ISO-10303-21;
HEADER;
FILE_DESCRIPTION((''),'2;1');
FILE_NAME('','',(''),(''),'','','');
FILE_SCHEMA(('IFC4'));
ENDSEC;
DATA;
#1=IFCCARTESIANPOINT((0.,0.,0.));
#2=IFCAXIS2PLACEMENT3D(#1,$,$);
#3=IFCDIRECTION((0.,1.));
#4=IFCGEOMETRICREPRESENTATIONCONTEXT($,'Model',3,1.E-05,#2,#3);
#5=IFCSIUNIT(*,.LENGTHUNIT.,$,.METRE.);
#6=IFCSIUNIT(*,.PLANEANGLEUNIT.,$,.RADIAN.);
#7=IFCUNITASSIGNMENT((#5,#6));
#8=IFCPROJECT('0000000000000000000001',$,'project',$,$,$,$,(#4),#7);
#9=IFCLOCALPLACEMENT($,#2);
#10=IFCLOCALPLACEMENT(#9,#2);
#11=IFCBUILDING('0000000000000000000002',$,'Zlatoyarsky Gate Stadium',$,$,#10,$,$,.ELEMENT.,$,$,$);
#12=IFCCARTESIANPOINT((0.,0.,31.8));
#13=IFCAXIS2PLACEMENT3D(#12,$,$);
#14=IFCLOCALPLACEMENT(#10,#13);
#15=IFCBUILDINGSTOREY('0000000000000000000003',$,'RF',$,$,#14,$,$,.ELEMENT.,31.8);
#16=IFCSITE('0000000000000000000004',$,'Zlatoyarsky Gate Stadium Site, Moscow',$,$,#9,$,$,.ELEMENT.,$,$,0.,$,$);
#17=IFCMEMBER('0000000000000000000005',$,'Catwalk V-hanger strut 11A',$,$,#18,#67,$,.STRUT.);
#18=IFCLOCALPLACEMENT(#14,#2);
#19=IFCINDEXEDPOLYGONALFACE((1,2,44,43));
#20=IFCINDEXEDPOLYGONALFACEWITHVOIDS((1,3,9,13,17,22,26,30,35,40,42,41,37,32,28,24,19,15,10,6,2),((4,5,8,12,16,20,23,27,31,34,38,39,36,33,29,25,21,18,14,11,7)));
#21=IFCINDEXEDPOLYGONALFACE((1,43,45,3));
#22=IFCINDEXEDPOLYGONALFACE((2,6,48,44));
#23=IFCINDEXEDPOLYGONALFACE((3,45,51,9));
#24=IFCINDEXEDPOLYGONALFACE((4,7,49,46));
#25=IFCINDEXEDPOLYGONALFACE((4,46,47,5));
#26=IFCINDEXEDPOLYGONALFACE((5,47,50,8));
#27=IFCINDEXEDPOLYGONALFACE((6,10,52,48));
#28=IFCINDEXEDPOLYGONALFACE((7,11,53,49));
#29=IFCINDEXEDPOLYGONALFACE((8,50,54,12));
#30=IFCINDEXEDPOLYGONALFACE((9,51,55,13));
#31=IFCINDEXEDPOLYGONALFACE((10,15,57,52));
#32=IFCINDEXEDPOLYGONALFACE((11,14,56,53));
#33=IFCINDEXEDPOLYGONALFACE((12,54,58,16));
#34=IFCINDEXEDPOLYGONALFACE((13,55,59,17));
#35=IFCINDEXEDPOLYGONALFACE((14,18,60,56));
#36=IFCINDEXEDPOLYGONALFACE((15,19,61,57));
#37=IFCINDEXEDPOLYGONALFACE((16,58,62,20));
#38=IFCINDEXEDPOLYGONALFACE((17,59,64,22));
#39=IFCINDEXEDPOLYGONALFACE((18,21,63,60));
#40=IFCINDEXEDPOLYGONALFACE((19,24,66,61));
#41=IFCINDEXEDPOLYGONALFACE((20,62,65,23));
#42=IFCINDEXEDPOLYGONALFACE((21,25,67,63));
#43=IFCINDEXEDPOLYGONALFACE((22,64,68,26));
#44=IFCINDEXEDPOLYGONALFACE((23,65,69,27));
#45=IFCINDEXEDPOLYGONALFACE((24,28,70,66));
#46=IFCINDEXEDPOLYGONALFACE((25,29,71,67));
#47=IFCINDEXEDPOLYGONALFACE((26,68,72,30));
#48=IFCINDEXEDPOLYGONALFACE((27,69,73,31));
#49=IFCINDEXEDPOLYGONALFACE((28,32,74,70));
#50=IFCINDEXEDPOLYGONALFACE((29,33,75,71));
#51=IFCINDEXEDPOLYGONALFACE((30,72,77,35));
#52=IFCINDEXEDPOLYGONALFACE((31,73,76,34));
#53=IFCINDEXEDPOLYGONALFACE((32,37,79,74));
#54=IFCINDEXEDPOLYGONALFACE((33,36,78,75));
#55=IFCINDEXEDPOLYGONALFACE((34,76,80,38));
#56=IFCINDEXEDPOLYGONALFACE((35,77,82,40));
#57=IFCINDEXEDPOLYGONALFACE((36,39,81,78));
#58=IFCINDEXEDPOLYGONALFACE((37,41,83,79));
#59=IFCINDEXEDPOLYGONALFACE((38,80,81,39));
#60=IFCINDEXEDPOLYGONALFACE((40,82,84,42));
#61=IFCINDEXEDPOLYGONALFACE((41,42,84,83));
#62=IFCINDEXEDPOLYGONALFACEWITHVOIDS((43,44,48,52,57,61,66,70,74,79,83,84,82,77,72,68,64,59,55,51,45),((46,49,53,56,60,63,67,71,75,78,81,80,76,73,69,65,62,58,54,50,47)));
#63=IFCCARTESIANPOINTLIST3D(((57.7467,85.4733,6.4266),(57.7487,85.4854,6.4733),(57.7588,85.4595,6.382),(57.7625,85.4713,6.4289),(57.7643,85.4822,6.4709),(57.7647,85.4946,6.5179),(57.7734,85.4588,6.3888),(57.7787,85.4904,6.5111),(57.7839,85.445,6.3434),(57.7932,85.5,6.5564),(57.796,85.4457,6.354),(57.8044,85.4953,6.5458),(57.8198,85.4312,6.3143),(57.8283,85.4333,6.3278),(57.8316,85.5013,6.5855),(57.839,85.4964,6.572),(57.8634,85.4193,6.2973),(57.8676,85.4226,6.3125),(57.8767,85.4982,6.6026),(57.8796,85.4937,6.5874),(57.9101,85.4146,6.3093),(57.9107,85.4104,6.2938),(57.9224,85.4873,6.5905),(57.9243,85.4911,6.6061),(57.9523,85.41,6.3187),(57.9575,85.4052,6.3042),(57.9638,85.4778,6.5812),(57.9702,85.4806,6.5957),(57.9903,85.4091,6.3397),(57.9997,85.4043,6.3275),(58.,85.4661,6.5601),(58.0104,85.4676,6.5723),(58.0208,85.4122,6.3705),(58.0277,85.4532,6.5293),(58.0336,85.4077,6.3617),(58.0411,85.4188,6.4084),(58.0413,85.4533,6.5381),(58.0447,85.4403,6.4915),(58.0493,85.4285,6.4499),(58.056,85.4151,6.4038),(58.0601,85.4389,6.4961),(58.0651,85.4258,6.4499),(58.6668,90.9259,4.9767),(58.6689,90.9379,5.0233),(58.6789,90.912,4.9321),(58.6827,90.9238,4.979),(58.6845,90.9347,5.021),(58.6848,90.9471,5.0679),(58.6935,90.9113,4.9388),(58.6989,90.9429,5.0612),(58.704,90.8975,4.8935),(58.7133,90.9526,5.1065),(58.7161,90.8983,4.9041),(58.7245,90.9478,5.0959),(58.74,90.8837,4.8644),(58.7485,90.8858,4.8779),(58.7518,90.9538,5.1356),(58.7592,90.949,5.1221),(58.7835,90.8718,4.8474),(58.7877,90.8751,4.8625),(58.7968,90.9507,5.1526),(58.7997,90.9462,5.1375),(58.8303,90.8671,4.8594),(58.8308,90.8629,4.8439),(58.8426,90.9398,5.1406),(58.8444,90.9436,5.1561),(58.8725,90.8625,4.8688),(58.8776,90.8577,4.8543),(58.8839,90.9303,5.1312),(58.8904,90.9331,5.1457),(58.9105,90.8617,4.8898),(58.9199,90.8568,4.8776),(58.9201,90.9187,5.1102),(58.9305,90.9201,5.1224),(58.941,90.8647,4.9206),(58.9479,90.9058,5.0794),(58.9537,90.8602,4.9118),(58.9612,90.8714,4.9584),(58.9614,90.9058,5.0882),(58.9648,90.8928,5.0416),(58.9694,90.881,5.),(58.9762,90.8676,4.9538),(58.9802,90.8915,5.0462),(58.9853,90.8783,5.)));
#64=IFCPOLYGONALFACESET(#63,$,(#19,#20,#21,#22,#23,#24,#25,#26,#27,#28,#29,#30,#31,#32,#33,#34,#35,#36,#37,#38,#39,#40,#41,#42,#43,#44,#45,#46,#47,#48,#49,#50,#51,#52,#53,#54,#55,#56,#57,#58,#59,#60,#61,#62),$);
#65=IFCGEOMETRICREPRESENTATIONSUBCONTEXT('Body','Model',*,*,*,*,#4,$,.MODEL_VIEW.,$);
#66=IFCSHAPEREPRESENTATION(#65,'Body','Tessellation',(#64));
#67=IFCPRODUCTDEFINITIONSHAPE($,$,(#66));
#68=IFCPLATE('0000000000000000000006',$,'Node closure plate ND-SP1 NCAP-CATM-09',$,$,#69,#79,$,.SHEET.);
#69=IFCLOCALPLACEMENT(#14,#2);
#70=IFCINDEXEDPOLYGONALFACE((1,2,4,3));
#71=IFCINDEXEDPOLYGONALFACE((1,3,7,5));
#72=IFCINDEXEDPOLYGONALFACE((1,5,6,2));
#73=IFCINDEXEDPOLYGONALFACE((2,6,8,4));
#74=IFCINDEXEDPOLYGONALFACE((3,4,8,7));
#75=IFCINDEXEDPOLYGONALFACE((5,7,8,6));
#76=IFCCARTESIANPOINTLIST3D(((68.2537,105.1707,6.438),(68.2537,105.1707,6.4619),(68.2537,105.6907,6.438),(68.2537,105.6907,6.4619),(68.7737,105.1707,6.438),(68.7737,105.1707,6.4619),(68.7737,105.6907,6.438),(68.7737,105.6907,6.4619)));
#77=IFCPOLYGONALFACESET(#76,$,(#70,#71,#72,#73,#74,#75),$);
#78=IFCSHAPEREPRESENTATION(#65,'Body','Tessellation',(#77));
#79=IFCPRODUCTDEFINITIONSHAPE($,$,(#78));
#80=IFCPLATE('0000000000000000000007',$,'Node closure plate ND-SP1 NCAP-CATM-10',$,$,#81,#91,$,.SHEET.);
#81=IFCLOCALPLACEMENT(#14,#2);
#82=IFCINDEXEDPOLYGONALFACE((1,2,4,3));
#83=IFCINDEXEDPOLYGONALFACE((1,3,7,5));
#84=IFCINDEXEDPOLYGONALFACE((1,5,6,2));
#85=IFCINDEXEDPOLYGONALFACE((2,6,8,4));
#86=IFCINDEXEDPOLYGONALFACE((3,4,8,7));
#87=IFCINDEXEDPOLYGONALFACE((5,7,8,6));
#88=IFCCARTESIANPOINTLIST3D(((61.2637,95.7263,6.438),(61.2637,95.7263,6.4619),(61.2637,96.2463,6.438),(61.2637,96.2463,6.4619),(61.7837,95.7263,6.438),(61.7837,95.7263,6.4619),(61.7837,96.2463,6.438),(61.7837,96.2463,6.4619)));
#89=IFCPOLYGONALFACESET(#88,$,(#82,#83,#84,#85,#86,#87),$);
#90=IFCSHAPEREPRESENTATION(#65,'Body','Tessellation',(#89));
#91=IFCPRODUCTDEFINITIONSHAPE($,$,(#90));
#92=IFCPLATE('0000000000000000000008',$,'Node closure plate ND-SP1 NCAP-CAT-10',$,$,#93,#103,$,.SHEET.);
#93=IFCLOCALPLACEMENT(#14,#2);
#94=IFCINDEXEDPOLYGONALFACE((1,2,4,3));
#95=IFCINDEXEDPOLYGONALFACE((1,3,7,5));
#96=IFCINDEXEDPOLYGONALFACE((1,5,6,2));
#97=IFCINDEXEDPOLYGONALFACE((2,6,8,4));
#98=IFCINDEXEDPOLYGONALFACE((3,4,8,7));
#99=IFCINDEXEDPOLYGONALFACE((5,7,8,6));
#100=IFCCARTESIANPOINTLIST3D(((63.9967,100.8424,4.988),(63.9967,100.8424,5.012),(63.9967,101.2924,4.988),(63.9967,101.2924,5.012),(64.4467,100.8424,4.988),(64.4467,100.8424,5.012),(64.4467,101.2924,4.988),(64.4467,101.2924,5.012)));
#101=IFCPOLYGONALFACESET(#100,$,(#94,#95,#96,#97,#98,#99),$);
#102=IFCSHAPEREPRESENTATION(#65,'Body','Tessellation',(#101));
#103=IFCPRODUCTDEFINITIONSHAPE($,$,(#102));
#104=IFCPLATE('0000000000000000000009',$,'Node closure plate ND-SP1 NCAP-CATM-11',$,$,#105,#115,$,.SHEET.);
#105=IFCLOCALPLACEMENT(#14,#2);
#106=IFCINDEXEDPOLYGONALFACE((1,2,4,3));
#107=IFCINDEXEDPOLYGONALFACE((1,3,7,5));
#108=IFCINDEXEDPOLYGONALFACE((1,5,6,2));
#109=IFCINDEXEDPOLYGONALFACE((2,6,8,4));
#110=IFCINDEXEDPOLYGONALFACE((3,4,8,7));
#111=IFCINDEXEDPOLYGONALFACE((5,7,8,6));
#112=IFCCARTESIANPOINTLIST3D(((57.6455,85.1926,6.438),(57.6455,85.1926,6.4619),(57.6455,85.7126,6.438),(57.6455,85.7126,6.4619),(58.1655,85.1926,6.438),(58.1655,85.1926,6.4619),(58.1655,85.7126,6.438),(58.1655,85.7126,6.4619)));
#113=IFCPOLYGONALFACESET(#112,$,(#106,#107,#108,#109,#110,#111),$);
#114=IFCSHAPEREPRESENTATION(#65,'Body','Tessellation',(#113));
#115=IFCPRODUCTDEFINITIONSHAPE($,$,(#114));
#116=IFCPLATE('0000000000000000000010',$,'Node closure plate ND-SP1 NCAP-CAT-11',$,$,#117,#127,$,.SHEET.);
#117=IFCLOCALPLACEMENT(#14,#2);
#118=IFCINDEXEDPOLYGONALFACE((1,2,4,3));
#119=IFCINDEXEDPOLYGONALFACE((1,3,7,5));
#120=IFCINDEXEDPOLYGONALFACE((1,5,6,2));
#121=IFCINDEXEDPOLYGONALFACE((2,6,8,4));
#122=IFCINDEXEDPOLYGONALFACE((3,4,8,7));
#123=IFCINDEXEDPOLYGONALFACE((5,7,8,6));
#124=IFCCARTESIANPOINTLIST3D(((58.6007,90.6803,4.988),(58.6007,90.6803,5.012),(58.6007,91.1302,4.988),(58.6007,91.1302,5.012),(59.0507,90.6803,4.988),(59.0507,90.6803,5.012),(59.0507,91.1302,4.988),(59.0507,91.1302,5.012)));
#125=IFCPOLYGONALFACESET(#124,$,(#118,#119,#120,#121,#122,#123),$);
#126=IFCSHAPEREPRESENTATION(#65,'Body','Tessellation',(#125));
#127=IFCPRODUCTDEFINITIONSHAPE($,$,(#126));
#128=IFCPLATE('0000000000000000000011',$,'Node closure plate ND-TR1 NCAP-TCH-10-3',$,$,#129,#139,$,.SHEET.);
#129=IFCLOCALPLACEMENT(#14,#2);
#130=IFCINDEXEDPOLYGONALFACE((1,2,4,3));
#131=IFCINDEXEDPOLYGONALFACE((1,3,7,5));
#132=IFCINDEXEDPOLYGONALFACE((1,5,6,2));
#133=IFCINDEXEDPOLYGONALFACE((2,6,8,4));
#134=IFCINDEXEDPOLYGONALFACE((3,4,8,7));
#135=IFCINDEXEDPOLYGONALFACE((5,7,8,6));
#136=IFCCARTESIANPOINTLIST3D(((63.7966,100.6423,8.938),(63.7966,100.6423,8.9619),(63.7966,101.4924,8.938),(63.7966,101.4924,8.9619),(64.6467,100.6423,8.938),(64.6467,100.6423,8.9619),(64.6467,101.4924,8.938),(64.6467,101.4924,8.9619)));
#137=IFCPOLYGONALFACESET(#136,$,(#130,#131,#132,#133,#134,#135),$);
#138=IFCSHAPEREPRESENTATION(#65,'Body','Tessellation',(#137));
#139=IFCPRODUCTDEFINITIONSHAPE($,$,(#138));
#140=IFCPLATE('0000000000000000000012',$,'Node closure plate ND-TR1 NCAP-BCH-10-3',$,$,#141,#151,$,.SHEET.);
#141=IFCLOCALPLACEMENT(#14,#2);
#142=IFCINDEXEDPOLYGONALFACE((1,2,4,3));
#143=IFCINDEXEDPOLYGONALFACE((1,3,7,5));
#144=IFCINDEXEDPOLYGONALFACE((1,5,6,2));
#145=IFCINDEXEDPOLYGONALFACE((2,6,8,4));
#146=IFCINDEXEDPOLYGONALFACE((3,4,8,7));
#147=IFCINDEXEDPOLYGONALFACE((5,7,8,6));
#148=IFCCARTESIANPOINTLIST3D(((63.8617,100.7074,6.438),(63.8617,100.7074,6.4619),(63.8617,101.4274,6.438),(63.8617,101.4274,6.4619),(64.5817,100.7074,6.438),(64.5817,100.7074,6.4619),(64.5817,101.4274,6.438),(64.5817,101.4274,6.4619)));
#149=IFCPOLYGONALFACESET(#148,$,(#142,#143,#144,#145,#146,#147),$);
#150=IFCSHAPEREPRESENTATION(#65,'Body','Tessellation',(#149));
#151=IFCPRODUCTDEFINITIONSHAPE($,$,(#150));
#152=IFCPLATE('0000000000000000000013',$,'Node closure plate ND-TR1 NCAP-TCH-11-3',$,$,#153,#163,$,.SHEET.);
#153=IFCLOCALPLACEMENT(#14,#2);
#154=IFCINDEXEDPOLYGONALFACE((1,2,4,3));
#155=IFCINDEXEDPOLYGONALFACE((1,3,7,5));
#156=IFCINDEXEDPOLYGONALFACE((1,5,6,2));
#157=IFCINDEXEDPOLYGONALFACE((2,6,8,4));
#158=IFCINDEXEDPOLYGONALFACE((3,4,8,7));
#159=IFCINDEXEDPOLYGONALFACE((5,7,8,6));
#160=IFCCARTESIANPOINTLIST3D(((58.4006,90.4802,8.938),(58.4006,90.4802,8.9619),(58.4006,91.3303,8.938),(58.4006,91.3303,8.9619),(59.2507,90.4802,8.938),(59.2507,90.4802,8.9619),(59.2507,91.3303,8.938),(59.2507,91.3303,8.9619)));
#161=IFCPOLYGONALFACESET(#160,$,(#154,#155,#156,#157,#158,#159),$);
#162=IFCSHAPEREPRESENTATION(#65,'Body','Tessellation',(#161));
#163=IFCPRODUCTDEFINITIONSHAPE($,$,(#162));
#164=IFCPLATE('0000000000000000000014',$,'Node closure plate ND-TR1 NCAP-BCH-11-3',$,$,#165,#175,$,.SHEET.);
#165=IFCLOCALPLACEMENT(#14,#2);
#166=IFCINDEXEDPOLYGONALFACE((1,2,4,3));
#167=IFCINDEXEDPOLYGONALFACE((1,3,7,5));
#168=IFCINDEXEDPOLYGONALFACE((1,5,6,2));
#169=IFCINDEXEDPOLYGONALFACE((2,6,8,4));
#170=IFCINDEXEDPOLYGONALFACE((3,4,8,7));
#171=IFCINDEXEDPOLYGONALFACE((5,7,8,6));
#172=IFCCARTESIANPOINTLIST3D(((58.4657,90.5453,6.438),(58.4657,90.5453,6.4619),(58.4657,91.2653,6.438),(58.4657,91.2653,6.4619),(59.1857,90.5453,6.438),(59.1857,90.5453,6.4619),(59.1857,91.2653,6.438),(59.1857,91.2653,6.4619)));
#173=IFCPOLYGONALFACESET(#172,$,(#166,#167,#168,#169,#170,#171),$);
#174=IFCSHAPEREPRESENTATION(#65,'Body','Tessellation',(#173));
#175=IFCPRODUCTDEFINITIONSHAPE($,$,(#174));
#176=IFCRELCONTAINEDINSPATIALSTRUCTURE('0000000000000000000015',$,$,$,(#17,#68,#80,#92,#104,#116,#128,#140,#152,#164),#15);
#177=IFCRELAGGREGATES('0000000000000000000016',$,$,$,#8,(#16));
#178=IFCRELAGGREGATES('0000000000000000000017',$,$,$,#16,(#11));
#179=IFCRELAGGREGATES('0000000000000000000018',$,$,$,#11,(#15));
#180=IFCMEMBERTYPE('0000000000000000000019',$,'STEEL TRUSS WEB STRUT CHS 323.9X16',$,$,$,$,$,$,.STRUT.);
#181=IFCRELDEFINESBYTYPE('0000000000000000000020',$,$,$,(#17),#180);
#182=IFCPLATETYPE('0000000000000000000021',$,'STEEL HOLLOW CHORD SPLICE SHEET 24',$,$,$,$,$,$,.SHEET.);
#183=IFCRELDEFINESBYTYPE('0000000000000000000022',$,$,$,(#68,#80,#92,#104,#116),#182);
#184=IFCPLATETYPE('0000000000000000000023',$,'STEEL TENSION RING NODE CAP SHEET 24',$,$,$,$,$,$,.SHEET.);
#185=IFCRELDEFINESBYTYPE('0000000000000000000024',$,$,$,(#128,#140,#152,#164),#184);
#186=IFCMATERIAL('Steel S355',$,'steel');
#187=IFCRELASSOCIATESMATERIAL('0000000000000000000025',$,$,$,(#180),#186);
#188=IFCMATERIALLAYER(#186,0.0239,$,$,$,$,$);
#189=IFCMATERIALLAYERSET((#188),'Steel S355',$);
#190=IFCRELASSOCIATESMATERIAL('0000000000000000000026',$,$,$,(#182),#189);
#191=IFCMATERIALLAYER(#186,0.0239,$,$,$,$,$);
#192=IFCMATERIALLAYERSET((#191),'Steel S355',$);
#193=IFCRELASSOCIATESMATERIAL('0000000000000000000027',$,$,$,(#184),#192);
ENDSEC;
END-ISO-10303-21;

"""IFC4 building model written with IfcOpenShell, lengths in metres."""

from ifc_helpers import new_model, si_unit, direction, frame, origin, origin_2d, place, context, subcontext, project, spatial, rectangle, hollow_circle, extrude, material, layer, layer_set, material_profile, profile_set, type_object, element, save


model = new_model("IFC4")

# Units and contexts
model_context = context("Model", 3, precision=1e-05, world=origin(), true_north=direction((0.0, 1.0)))
body_context = subcontext(model_context, "Body", "Model", "MODEL_VIEW")
ifc_project = project(units=[si_unit("LENGTHUNIT", "METRE"), si_unit("PLANEANGLEUNIT", "RADIAN")], contexts=[model_context])

# Site, building, storey
site_placement = place(None, origin())
site = spatial("IfcSite", under=ifc_project, at=site_placement, Name="Zlatoyarsky Gate Stadium Site, Moscow", CompositionType="ELEMENT", RefElevation=0.0)
building_placement = place(site_placement, origin())
building = spatial("IfcBuilding", under=site, at=building_placement, Name="Zlatoyarsky Gate Stadium", CompositionType="ELEMENT")
storey_placement = place(building_placement, frame((0.0, 0.0, 31.8)))
storey = spatial("IfcBuildingStorey", under=building, at=storey_placement, Name="RF", CompositionType="ELEMENT", Elevation=31.8)

# Shared definitions
ifc_material = material(Name="Steel S355", Category="steel")

# Member
ifc_material_profile_1 = material_profile(ifc_material, hollow_circle(Radius=0.1619, WallThickness=0.0161, at=origin_2d()), Name="CHS 323.9X16")
ifc_profile_set_1 = profile_set([ifc_material_profile_1], Name="Steel S355")
member_type_1 = type_object("IfcMemberType", Name="STEEL TRUSS WEB STRUT CHS 323.9X16", PredefinedType="STRUT", material=ifc_profile_set_1)
member_1_placement = place(storey_placement, frame((58.8257, 90.9053, 5.0), z_axis=(-0.160962, -0.953814, 0.253636), x_axis=(0.986058, -0.166403, 0.0)))
element("IfcMember", 1, at=member_1_placement, inside=storey, type_object=member_type_1, Name="Catwalk V-hanger strut 11A", PredefinedType="STRUT", context=body_context, shape_type="SweptSolid", body=[
    extrude(hollow_circle(Radius=0.1619, WallThickness=0.0161, at=origin_2d()), origin(), (0.0, 0.0, 1.0), 5.7166),
])

# Plates
ifc_layer_1 = layer(ifc_material, 0.0239)
ifc_layer_set_1 = layer_set([ifc_layer_1], Name="Steel S355")
plate_type_1 = type_object("IfcPlateType", Name="STEEL HOLLOW CHORD SPLICE SHEET 24", PredefinedType="SHEET", material=ifc_layer_set_1)
for number, where, z_axis, x_axis, name in (
    (2, (68.5137, 105.4307, 6.438), (0.0, 0.0, 1.0), (1.0, 0.0, 0.0), "Node closure plate ND-SP1 NCAP-CATM-09"),
    (3, (61.5237, 95.9863, 6.438), (0.0, 0.0, 1.0), (1.0, 0.0, 0.0), "Node closure plate ND-SP1 NCAP-CATM-10"),
):
    element("IfcPlate", number, at=place(storey_placement, frame(where, z_axis=z_axis, x_axis=x_axis)), inside=storey, type_object=plate_type_1, Name=name, PredefinedType="SHEET", context=body_context, shape_type="SweptSolid", body=[
        extrude(rectangle(XDim=0.52, YDim=0.52, at=origin_2d()), origin(), (0.0, 0.0, 1.0), 0.0239),
    ])
plate_1_placement = place(storey_placement, frame((64.2217, 101.0674, 4.988), z_axis=(0.0, 0.0, 1.0), x_axis=(1.0, 0.0, 0.0)))
element("IfcPlate", 4, at=plate_1_placement, inside=storey, type_object=plate_type_1, Name="Node closure plate ND-SP1 NCAP-CAT-10", PredefinedType="SHEET", context=body_context, shape_type="SweptSolid", body=[
    extrude(rectangle(XDim=0.45, YDim=0.45, at=origin_2d()), origin(), (0.0, 0.0, 1.0), 0.0239),
])
plate_2_placement = place(storey_placement, frame((57.9055, 85.4526, 6.438), z_axis=(0.0, 0.0, 1.0), x_axis=(1.0, 0.0, 0.0)))
element("IfcPlate", 5, at=plate_2_placement, inside=storey, type_object=plate_type_1, Name="Node closure plate ND-SP1 NCAP-CATM-11", PredefinedType="SHEET", context=body_context, shape_type="SweptSolid", body=[
    extrude(rectangle(XDim=0.52, YDim=0.52, at=origin_2d()), origin(), (0.0, 0.0, 1.0), 0.0239),
])
plate_3_placement = place(storey_placement, frame((58.8257, 90.9053, 4.988), z_axis=(0.0, 0.0, 1.0), x_axis=(1.0, 0.0, 0.0)))
element("IfcPlate", 6, at=plate_3_placement, inside=storey, type_object=plate_type_1, Name="Node closure plate ND-SP1 NCAP-CAT-11", PredefinedType="SHEET", context=body_context, shape_type="SweptSolid", body=[
    extrude(rectangle(XDim=0.45, YDim=0.45, at=origin_2d()), origin(), (0.0, 0.0, 1.0), 0.0239),
])
ifc_layer_2 = layer(ifc_material, 0.0239)
ifc_layer_set_2 = layer_set([ifc_layer_2], Name="Steel S355")
plate_type_2 = type_object("IfcPlateType", Name="STEEL TENSION RING NODE CAP SHEET 24", PredefinedType="SHEET", material=ifc_layer_set_2)
plate_4_placement = place(storey_placement, frame((64.2217, 101.0674, 8.938), z_axis=(0.0, 0.0, 1.0), x_axis=(1.0, 0.0, 0.0)))
element("IfcPlate", 7, at=plate_4_placement, inside=storey, type_object=plate_type_2, Name="Node closure plate ND-TR1 NCAP-TCH-10-3", PredefinedType="SHEET", context=body_context, shape_type="SweptSolid", body=[
    extrude(rectangle(XDim=0.8501, YDim=0.8501, at=origin_2d()), origin(), (0.0, 0.0, 1.0), 0.0239),
])
plate_5_placement = place(storey_placement, frame((64.2217, 101.0674, 6.438), z_axis=(0.0, 0.0, 1.0), x_axis=(1.0, 0.0, 0.0)))
element("IfcPlate", 8, at=plate_5_placement, inside=storey, type_object=plate_type_2, Name="Node closure plate ND-TR1 NCAP-BCH-10-3", PredefinedType="SHEET", context=body_context, shape_type="SweptSolid", body=[
    extrude(rectangle(XDim=0.72, YDim=0.72, at=origin_2d()), origin(), (0.0, 0.0, 1.0), 0.0239),
])
plate_6_placement = place(storey_placement, frame((58.8257, 90.9053, 8.938), z_axis=(0.0, 0.0, 1.0), x_axis=(1.0, 0.0, 0.0)))
element("IfcPlate", 9, at=plate_6_placement, inside=storey, type_object=plate_type_2, Name="Node closure plate ND-TR1 NCAP-TCH-11-3", PredefinedType="SHEET", context=body_context, shape_type="SweptSolid", body=[
    extrude(rectangle(XDim=0.8501, YDim=0.8501, at=origin_2d()), origin(), (0.0, 0.0, 1.0), 0.0239),
])
plate_7_placement = place(storey_placement, frame((58.8257, 90.9053, 6.438), z_axis=(0.0, 0.0, 1.0), x_axis=(1.0, 0.0, 0.0)))
element("IfcPlate", 10, at=plate_7_placement, inside=storey, type_object=plate_type_2, Name="Node closure plate ND-TR1 NCAP-BCH-11-3", PredefinedType="SHEET", context=body_context, shape_type="SweptSolid", body=[
    extrude(rectangle(XDim=0.72, YDim=0.72, at=origin_2d()), origin(), (0.0, 0.0, 1.0), 0.0239),
])

save(model, "model.ifc")
